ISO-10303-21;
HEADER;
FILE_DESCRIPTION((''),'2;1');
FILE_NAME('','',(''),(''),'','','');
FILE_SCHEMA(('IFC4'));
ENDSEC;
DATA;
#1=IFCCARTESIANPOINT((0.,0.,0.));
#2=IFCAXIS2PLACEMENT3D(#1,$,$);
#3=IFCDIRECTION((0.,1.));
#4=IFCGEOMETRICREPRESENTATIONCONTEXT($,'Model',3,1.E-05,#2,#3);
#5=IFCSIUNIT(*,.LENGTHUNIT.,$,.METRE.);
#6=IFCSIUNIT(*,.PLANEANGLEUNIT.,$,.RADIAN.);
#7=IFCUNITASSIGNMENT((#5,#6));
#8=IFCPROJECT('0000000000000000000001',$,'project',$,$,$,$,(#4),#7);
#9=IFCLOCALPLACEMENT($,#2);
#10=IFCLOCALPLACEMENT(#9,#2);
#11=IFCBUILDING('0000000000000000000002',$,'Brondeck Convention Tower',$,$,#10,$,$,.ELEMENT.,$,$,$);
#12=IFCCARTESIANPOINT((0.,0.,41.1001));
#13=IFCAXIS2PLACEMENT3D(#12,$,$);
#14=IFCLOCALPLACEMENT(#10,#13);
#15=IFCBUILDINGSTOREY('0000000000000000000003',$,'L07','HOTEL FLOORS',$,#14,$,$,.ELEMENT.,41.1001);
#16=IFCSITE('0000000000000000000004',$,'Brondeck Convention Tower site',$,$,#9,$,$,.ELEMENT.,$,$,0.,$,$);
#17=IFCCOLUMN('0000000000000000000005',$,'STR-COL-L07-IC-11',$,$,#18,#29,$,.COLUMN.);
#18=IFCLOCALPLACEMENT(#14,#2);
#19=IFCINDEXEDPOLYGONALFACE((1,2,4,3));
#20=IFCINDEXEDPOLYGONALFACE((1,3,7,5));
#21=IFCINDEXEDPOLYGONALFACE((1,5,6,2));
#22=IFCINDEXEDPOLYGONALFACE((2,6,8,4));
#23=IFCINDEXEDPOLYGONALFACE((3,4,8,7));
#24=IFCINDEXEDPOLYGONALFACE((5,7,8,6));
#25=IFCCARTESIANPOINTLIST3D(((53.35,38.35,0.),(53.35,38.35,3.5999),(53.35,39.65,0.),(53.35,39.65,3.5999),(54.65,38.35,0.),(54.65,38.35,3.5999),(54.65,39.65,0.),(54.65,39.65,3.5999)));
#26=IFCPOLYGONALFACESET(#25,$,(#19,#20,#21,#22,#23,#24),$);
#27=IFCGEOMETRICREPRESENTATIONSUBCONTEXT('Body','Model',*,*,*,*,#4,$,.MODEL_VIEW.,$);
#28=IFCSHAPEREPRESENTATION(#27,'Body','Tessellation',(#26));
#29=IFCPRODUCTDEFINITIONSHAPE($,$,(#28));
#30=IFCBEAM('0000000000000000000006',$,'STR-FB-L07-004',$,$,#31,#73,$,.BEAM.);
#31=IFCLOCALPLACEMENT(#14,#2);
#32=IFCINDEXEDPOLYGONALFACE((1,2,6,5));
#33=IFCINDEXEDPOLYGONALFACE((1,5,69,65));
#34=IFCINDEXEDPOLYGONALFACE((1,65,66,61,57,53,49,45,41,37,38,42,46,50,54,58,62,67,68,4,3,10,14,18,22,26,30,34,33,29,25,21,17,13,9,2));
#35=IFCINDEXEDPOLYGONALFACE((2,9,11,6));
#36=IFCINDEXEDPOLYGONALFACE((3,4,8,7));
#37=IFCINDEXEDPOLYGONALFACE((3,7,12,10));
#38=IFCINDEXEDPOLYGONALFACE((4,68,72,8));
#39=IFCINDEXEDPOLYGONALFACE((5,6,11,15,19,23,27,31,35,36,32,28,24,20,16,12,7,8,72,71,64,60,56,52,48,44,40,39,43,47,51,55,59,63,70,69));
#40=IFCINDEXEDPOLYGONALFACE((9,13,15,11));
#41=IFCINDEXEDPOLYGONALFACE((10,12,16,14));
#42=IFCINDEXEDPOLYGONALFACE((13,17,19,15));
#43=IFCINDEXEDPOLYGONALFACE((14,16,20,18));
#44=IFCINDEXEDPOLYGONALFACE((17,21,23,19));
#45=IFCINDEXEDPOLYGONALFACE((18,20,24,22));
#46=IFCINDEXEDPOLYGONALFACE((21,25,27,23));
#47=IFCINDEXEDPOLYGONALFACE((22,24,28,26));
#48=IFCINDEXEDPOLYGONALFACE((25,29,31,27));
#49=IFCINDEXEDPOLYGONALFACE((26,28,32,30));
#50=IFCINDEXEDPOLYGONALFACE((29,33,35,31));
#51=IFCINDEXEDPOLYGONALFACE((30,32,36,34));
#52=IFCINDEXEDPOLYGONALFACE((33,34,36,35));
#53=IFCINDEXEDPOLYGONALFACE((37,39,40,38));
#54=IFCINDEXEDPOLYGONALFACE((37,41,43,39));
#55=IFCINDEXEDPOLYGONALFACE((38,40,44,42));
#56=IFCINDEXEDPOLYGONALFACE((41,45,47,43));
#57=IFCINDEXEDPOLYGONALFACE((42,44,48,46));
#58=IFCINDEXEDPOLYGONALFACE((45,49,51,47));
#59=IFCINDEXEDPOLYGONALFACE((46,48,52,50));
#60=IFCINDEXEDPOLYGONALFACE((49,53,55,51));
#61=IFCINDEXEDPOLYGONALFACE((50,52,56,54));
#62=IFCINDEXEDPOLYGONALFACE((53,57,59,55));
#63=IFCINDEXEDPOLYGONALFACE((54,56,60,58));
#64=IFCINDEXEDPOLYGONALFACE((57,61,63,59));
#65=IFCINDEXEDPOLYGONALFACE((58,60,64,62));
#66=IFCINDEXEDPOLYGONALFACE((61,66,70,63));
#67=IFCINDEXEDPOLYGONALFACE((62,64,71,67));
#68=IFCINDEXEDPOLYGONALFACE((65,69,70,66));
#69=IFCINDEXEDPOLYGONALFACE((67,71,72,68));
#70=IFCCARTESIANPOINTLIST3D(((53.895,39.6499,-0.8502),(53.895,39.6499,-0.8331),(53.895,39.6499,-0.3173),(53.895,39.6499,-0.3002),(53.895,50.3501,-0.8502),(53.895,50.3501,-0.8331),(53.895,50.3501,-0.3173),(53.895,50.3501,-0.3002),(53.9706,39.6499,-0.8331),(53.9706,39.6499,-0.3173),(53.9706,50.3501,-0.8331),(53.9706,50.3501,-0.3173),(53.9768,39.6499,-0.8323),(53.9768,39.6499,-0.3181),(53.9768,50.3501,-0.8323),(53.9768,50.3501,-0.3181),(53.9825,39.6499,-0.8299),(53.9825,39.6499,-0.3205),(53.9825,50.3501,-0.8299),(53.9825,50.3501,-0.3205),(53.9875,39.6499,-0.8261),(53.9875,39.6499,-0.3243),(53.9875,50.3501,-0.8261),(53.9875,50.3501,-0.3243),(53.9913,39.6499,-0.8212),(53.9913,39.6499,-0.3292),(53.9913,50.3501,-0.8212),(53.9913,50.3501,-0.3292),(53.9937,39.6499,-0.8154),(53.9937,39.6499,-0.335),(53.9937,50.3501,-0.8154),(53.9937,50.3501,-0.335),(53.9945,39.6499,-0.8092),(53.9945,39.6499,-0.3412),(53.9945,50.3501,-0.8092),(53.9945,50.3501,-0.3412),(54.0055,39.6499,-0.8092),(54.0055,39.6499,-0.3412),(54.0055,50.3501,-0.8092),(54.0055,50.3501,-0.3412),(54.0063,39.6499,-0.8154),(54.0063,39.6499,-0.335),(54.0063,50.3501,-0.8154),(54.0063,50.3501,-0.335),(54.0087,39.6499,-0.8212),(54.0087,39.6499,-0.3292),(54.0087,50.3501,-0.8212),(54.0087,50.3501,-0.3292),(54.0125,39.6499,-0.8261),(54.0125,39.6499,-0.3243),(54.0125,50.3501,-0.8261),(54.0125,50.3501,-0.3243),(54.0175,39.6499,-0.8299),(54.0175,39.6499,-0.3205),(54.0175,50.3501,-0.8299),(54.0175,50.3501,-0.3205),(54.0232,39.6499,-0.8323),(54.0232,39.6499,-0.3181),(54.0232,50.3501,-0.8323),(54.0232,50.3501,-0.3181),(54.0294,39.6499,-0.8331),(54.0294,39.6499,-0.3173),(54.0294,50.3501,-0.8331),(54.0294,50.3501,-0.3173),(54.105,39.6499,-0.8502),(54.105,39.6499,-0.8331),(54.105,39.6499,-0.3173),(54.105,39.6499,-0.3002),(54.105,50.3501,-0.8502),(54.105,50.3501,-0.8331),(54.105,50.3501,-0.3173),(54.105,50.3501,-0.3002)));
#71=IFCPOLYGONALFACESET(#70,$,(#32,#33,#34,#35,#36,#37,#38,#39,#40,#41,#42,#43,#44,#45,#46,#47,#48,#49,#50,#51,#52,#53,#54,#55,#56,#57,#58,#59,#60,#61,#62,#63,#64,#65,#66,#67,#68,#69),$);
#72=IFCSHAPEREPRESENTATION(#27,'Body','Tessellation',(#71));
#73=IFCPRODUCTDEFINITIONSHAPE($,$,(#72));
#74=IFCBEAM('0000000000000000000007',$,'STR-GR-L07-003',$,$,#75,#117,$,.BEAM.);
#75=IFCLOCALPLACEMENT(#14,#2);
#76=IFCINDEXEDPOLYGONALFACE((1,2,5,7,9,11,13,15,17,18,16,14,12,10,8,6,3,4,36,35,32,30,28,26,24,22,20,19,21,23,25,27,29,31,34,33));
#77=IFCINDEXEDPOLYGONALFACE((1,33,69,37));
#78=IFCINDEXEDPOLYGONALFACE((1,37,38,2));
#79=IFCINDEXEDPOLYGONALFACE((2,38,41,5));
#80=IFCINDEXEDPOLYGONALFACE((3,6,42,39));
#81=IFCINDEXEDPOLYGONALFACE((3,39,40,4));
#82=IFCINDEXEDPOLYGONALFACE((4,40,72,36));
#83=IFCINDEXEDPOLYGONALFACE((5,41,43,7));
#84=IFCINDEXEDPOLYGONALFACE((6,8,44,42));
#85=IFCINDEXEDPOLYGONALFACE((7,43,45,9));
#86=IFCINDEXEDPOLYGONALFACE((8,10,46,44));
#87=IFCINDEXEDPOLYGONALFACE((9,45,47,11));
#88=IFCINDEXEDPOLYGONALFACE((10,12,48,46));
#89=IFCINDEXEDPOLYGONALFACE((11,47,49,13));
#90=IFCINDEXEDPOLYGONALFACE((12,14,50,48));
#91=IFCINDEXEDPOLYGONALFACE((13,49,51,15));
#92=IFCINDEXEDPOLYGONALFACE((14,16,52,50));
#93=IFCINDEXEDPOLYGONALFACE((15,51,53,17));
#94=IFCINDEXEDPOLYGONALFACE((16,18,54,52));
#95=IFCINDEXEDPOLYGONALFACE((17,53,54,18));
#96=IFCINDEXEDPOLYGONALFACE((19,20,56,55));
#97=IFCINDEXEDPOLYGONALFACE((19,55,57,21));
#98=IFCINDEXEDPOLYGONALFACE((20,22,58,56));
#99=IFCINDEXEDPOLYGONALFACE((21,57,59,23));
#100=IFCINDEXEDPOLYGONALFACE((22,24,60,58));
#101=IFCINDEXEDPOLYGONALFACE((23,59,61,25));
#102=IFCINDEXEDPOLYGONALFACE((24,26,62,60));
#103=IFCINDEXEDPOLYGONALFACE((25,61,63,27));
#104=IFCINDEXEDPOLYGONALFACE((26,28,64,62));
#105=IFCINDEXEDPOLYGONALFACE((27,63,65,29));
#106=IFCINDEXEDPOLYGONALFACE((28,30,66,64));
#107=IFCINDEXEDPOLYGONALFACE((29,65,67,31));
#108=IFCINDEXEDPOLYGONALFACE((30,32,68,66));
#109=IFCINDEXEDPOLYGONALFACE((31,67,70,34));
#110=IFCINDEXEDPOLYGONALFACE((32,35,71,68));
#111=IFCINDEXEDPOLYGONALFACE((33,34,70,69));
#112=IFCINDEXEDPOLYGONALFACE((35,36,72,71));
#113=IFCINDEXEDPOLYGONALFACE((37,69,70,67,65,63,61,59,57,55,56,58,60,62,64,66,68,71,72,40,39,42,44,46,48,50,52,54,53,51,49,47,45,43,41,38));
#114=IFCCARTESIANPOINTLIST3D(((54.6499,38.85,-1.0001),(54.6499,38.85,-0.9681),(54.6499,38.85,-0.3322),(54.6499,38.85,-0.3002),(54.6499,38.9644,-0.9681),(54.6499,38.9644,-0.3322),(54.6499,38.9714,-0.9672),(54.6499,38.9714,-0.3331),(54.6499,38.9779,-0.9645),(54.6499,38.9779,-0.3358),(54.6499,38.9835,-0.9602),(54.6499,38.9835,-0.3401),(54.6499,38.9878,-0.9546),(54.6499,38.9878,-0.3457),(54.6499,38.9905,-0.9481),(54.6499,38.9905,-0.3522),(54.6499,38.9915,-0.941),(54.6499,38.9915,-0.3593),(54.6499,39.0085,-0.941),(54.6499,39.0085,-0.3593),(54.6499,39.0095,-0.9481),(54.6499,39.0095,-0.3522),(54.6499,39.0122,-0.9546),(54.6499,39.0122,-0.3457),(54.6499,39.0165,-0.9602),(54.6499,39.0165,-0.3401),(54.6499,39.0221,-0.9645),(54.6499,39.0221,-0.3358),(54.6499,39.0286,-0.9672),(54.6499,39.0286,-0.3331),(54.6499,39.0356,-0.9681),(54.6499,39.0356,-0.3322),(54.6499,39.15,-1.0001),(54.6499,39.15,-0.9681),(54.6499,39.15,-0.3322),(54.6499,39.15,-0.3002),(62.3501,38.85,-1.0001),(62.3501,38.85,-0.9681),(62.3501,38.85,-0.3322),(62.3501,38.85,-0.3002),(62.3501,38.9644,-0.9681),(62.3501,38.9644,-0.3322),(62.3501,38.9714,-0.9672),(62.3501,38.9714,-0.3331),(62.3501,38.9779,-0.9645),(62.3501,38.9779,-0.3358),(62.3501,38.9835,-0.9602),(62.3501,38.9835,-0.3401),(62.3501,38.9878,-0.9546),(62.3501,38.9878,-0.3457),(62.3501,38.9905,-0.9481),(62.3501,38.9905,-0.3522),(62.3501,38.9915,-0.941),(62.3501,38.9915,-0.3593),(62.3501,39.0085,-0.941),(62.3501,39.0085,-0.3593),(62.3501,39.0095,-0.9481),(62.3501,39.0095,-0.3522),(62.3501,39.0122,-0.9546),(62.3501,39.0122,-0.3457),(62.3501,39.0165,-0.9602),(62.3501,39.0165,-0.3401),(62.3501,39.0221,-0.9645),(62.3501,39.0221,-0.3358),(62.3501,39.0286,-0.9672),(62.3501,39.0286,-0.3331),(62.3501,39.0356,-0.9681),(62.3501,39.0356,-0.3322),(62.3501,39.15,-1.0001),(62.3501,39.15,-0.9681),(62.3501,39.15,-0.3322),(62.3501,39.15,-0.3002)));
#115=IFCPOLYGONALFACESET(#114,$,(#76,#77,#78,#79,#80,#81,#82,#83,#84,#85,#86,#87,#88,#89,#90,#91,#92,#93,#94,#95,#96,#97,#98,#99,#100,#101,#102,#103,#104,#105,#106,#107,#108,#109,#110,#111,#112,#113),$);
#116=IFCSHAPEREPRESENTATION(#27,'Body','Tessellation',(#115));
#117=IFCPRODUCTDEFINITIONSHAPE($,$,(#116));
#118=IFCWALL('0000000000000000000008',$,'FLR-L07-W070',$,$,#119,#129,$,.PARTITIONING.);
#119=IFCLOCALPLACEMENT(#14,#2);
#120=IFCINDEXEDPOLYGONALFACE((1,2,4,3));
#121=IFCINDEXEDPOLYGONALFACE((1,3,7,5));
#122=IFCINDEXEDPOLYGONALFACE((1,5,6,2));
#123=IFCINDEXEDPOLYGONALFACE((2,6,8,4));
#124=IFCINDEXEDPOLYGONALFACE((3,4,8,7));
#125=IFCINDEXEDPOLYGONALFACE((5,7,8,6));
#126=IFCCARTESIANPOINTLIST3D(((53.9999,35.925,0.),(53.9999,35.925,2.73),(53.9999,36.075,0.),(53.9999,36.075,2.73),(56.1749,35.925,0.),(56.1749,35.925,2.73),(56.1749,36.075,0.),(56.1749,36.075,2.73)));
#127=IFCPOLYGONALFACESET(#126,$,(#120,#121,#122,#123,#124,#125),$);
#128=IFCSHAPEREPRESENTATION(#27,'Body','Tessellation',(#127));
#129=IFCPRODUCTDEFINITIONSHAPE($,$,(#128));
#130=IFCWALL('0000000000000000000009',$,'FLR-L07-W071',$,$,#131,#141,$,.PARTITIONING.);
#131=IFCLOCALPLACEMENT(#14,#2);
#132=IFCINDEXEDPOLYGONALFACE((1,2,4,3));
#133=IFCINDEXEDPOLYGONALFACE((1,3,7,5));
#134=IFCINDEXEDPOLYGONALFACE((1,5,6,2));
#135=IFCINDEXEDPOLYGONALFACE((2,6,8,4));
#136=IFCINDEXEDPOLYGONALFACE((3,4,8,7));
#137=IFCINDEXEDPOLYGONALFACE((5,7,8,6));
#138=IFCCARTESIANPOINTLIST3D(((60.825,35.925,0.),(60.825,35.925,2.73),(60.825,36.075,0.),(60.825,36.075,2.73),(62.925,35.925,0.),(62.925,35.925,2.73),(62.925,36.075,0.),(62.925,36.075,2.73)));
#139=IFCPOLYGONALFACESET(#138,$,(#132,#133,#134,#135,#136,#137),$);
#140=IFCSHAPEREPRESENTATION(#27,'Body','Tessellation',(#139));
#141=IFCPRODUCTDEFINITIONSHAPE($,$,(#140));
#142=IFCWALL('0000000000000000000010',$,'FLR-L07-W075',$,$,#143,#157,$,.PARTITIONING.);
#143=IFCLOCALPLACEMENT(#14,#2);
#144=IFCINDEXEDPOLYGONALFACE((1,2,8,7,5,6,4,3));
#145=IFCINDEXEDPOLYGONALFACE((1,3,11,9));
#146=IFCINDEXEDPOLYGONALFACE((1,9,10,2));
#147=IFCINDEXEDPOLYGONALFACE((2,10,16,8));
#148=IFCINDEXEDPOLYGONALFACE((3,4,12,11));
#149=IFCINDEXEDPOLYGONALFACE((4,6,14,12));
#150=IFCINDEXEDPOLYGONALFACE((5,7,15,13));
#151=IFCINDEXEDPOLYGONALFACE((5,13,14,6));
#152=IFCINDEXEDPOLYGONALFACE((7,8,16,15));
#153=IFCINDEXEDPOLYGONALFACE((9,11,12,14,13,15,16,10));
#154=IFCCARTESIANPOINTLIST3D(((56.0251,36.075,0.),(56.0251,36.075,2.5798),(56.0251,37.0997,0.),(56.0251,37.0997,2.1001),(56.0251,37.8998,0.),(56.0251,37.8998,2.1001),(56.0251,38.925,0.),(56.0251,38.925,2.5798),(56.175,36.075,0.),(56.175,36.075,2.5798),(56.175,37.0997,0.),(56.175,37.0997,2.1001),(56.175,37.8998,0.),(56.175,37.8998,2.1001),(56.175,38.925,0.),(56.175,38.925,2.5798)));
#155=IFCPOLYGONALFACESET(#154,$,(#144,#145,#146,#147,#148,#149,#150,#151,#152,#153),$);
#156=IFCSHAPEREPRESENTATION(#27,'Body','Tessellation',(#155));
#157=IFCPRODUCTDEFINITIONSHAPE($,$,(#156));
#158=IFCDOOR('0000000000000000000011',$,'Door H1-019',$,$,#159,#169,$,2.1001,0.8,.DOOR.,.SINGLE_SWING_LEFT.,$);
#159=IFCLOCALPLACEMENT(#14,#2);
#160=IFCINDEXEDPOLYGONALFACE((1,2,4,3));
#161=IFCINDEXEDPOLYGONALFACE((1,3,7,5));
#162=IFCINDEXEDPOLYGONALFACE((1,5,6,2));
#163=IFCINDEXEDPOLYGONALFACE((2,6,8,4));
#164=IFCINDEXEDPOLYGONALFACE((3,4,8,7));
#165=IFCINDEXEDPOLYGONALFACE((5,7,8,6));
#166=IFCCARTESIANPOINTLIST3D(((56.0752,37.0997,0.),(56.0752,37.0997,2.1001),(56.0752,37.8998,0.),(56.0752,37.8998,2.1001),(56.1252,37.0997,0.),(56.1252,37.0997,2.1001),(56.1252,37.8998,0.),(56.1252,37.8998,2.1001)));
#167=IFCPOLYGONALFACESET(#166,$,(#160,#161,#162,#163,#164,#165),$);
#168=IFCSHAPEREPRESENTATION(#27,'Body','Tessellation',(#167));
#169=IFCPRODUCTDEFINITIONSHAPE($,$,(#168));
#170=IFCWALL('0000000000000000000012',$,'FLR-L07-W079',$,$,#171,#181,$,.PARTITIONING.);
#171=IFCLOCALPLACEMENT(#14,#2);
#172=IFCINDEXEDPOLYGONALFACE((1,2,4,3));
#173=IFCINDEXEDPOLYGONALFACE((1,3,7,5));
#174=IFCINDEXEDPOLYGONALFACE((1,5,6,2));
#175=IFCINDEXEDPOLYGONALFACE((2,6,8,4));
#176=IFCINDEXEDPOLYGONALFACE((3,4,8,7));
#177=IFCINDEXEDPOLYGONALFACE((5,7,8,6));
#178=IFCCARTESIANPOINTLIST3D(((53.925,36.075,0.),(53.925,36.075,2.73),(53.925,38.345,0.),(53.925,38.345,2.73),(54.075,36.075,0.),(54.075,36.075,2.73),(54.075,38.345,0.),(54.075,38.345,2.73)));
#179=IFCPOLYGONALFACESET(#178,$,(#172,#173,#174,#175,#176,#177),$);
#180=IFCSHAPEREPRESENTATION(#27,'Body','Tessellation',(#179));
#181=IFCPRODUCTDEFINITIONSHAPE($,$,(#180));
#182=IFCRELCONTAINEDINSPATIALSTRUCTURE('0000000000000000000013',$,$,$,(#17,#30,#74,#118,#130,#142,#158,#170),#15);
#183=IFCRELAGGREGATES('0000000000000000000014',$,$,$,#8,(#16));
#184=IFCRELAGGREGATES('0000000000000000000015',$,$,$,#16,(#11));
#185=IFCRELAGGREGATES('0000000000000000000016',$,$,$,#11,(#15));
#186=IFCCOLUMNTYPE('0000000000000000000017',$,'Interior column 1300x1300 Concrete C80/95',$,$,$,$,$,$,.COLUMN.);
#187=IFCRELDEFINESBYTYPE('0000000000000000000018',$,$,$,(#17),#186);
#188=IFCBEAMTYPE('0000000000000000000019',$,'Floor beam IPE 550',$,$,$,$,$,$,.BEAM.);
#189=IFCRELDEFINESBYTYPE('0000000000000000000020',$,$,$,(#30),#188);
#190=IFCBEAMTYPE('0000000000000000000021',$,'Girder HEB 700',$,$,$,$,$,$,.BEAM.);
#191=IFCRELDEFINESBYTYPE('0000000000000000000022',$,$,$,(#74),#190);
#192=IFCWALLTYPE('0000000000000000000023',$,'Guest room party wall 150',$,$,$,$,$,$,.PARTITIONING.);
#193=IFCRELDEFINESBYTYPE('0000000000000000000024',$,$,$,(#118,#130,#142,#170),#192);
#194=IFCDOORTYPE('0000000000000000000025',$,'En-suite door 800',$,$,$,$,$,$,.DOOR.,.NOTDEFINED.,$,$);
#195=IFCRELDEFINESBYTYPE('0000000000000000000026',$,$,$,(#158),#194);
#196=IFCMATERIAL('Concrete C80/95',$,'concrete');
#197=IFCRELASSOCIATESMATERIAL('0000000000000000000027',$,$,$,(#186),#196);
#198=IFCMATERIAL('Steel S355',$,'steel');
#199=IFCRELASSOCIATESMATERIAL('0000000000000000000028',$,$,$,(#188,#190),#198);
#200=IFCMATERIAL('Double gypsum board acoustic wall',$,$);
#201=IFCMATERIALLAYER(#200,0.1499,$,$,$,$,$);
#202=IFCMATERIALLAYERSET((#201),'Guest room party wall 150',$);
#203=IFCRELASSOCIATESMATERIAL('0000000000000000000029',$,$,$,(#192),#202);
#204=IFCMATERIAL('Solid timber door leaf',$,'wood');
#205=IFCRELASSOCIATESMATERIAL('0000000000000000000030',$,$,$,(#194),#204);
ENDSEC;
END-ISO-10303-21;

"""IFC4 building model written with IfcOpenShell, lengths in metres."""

from ifc_helpers import new_model, si_unit, direction, frame, frame_2d, origin, origin_2d, place, context, subcontext, project, spatial, rectangle, i_section, extrude, material, layer, layer_set, material_profile, profile_set, type_object, element, fill, save


model = new_model("IFC4")

# Units and contexts
model_context = context("Model", 3, precision=1e-05, world=origin(), true_north=direction((0.0, 1.0)))
body_context = subcontext(model_context, "Body", "Model", "MODEL_VIEW")
ifc_project = project(units=[si_unit("LENGTHUNIT", "METRE"), si_unit("PLANEANGLEUNIT", "RADIAN")], contexts=[model_context])

# Site, building, storey
site_placement = place(None, origin())
site = spatial("IfcSite", under=ifc_project, at=site_placement, Name="Brondeck Convention Tower site", CompositionType="ELEMENT", RefElevation=0.0)
building_placement = place(site_placement, origin())
building = spatial("IfcBuilding", under=site, at=building_placement, Name="Brondeck Convention Tower", CompositionType="ELEMENT")
storey_placement = place(building_placement, frame((0.0, 0.0, 41.1001)))
storey = spatial("IfcBuildingStorey", under=building, at=storey_placement, Name="L07", Description="HOTEL FLOORS", CompositionType="ELEMENT", Elevation=41.1001)

# Column
ifc_material_1 = material(Name="Concrete C80/95", Category="concrete")
ifc_material_profile_1 = material_profile(ifc_material_1, rectangle(XDim=1.3, YDim=1.3, at=origin_2d()), Name="Interior column 1300x1300 Concrete C80/95")
ifc_profile_set_1 = profile_set([ifc_material_profile_1], Name="Concrete C80/95")
column_type = type_object("IfcColumnType", Name="Interior column 1300x1300 Concrete C80/95", PredefinedType="COLUMN", material=ifc_profile_set_1)
column_placement = place(storey_placement, frame((54.0, 39.0, 0.0), z_axis=(0.0, 0.0, 1.0), x_axis=(1.0, 0.0, 0.0)))
element("IfcColumn", 1, at=column_placement, inside=storey, type_object=column_type, Name="STR-COL-L07-IC-11", PredefinedType="COLUMN", context=body_context, shape_type="SweptSolid", body=[
    extrude(rectangle(XDim=1.3, YDim=1.3, at=origin_2d()), origin(), (0.0, 0.0, 1.0), 3.5999),
])

# Beams
ifc_material_2 = material(Name="Steel S355", Category="steel")
ifc_material_profile_2 = material_profile(ifc_material_2, i_section(OverallWidth=0.21, OverallDepth=0.55, WebThickness=0.011, FlangeThickness=0.0171, FilletRadius=0.0239, at=origin_2d()), Name="IPE 550")
ifc_profile_set_2 = profile_set([ifc_material_profile_2], Name="Steel S355")
beam_type_1 = type_object("IfcBeamType", Name="Floor beam IPE 550", PredefinedType="BEAM", material=ifc_profile_set_2)
beam_1_placement = place(storey_placement, frame((54.0, 39.6499, -0.5752), z_axis=(0.0, 1.0, 0.0), x_axis=(-1.0, 0.0, 0.0)))
element("IfcBeam", 2, at=beam_1_placement, inside=storey, type_object=beam_type_1, Name="STR-FB-L07-004", PredefinedType="BEAM", context=body_context, shape_type="SweptSolid", body=[
    extrude(i_section(OverallWidth=0.21, OverallDepth=0.55, WebThickness=0.011, FlangeThickness=0.0171, FilletRadius=0.0239, at=origin_2d()), origin(), (0.0, 0.0, 1.0), 10.7002),
])
ifc_material_profile_3 = material_profile(ifc_material_2, i_section(OverallWidth=0.3, OverallDepth=0.7, WebThickness=0.0171, FlangeThickness=0.032, FilletRadius=0.0271, at=origin_2d()), Name="HEB 700")
ifc_profile_set_3 = profile_set([ifc_material_profile_3], Name="Steel S355")
beam_type_2 = type_object("IfcBeamType", Name="Girder HEB 700", PredefinedType="BEAM", material=ifc_profile_set_3)
beam_2_placement = place(storey_placement, frame((54.6499, 39.0, -0.6501), z_axis=(1.0, 0.0, 0.0), x_axis=(0.0, 1.0, 0.0)))
element("IfcBeam", 3, at=beam_2_placement, inside=storey, type_object=beam_type_2, Name="STR-GR-L07-003", PredefinedType="BEAM", context=body_context, shape_type="SweptSolid", body=[
    extrude(i_section(OverallWidth=0.3, OverallDepth=0.7, WebThickness=0.0171, FlangeThickness=0.032, FilletRadius=0.0271, at=origin_2d()), origin(), (0.0, 0.0, 1.0), 7.7002),
])

# Walls
ifc_material_3 = material(Name="Double gypsum board acoustic wall")
ifc_layer_1 = layer(ifc_material_3, 0.1499)
ifc_layer_set_1 = layer_set([ifc_layer_1], Name="Guest room party wall 150")
wall_type_1 = type_object("IfcWallType", Name="Guest room party wall 150", PredefinedType="PARTITIONING", material=ifc_layer_set_1)
wall_1_placement = place(storey_placement, frame((54.0, 36.0, 0.0), z_axis=(0.0, 0.0, 1.0), x_axis=(1.0, 0.0, 0.0)))
element("IfcWall", 4, at=wall_1_placement, inside=storey, type_object=wall_type_1, Name="FLR-L07-W070", PredefinedType="PARTITIONING", context=body_context, shape_type="SweptSolid", body=[
    extrude(rectangle(XDim=2.175, YDim=0.1499, at=frame_2d((1.0874, 0.0))), origin(), (0.0, 0.0, 1.0), 2.73),
])
wall_2_placement = place(storey_placement, frame((60.825, 36.0, 0.0), z_axis=(0.0, 0.0, 1.0), x_axis=(1.0, 0.0, 0.0)))
element("IfcWall", 5, at=wall_2_placement, inside=storey, type_object=wall_type_1, Name="FLR-L07-W071", PredefinedType="PARTITIONING", context=body_context, shape_type="SweptSolid", body=[
    extrude(rectangle(XDim=2.1001, YDim=0.1499, at=frame_2d((1.05, 0.0))), origin(), (0.0, 0.0, 1.0), 2.73),
])

# Wall, opening, door
wall_3_placement = place(storey_placement, frame((56.1001, 36.075, 0.0), z_axis=(0.0, 0.0, 1.0), x_axis=(0.0, 1.0, 0.0)))
wall_3 = element("IfcWall", 6, at=wall_3_placement, inside=storey, type_object=wall_type_1, Name="FLR-L07-W075", PredefinedType="PARTITIONING", context=body_context, shape_type="SweptSolid", body=[
    extrude(rectangle(XDim=2.8501, YDim=0.1499, at=frame_2d((1.425, 0.0))), origin(), (0.0, 0.0, 1.0), 2.5798),
])
opening_1_placement = place(wall_3_placement, frame((1.0249, 0.0, 0.0)))
opening_1 = element("IfcOpeningElement", 7, at=opening_1_placement, cuts=wall_3, PredefinedType="OPENING", context=body_context, shape_type="SweptSolid", body=[
    extrude(rectangle(XDim=0.8, YDim=2.1001, at=frame_2d((0.3999, 1.05))), frame((0.0, 0.085, 0.0), z_axis=(0.0, -1.0, 0.0), x_axis=(1.0, 0.0, 0.0)), (0.0, 0.0, 1.0), 0.1699),
])
ifc_material_4 = material(Name="Solid timber door leaf", Category="wood")
door_type_1 = type_object("IfcDoorType", Name="En-suite door 800", OperationType="NOTDEFINED", PredefinedType="DOOR", material=ifc_material_4)
door_1_placement = place(opening_1_placement, origin())
door_1 = element("IfcDoor", 8, at=door_1_placement, inside=storey, type_object=door_type_1, Name="Door H1-019", OperationType="SINGLE_SWING_LEFT", OverallHeight=2.1001, OverallWidth=0.8, PredefinedType="DOOR", context=body_context, shape_type="SweptSolid", body=[
    extrude(rectangle(XDim=0.8, YDim=2.1001, at=frame_2d((0.3999, 1.05))), frame((0.0, 0.0249, 0.0), z_axis=(0.0, -1.0, 0.0), x_axis=(1.0, 0.0, 0.0)), (0.0, 0.0, 1.0), 0.05),
])
fill(opening_1, door_1)

# Wall
wall_4_placement = place(storey_placement, frame((54.0, 38.345, 0.0), z_axis=(0.0, 0.0, 1.0), x_axis=(0.0, -1.0, 0.0)))
element("IfcWall", 9, at=wall_4_placement, inside=storey, type_object=wall_type_1, Name="FLR-L07-W079", PredefinedType="PARTITIONING", context=body_context, shape_type="SweptSolid", body=[
    extrude(rectangle(XDim=2.27, YDim=0.1499, at=frame_2d((1.135, 0.0))), origin(), (0.0, 0.0, 1.0), 2.73),
])

save(model, "model.ifc")
